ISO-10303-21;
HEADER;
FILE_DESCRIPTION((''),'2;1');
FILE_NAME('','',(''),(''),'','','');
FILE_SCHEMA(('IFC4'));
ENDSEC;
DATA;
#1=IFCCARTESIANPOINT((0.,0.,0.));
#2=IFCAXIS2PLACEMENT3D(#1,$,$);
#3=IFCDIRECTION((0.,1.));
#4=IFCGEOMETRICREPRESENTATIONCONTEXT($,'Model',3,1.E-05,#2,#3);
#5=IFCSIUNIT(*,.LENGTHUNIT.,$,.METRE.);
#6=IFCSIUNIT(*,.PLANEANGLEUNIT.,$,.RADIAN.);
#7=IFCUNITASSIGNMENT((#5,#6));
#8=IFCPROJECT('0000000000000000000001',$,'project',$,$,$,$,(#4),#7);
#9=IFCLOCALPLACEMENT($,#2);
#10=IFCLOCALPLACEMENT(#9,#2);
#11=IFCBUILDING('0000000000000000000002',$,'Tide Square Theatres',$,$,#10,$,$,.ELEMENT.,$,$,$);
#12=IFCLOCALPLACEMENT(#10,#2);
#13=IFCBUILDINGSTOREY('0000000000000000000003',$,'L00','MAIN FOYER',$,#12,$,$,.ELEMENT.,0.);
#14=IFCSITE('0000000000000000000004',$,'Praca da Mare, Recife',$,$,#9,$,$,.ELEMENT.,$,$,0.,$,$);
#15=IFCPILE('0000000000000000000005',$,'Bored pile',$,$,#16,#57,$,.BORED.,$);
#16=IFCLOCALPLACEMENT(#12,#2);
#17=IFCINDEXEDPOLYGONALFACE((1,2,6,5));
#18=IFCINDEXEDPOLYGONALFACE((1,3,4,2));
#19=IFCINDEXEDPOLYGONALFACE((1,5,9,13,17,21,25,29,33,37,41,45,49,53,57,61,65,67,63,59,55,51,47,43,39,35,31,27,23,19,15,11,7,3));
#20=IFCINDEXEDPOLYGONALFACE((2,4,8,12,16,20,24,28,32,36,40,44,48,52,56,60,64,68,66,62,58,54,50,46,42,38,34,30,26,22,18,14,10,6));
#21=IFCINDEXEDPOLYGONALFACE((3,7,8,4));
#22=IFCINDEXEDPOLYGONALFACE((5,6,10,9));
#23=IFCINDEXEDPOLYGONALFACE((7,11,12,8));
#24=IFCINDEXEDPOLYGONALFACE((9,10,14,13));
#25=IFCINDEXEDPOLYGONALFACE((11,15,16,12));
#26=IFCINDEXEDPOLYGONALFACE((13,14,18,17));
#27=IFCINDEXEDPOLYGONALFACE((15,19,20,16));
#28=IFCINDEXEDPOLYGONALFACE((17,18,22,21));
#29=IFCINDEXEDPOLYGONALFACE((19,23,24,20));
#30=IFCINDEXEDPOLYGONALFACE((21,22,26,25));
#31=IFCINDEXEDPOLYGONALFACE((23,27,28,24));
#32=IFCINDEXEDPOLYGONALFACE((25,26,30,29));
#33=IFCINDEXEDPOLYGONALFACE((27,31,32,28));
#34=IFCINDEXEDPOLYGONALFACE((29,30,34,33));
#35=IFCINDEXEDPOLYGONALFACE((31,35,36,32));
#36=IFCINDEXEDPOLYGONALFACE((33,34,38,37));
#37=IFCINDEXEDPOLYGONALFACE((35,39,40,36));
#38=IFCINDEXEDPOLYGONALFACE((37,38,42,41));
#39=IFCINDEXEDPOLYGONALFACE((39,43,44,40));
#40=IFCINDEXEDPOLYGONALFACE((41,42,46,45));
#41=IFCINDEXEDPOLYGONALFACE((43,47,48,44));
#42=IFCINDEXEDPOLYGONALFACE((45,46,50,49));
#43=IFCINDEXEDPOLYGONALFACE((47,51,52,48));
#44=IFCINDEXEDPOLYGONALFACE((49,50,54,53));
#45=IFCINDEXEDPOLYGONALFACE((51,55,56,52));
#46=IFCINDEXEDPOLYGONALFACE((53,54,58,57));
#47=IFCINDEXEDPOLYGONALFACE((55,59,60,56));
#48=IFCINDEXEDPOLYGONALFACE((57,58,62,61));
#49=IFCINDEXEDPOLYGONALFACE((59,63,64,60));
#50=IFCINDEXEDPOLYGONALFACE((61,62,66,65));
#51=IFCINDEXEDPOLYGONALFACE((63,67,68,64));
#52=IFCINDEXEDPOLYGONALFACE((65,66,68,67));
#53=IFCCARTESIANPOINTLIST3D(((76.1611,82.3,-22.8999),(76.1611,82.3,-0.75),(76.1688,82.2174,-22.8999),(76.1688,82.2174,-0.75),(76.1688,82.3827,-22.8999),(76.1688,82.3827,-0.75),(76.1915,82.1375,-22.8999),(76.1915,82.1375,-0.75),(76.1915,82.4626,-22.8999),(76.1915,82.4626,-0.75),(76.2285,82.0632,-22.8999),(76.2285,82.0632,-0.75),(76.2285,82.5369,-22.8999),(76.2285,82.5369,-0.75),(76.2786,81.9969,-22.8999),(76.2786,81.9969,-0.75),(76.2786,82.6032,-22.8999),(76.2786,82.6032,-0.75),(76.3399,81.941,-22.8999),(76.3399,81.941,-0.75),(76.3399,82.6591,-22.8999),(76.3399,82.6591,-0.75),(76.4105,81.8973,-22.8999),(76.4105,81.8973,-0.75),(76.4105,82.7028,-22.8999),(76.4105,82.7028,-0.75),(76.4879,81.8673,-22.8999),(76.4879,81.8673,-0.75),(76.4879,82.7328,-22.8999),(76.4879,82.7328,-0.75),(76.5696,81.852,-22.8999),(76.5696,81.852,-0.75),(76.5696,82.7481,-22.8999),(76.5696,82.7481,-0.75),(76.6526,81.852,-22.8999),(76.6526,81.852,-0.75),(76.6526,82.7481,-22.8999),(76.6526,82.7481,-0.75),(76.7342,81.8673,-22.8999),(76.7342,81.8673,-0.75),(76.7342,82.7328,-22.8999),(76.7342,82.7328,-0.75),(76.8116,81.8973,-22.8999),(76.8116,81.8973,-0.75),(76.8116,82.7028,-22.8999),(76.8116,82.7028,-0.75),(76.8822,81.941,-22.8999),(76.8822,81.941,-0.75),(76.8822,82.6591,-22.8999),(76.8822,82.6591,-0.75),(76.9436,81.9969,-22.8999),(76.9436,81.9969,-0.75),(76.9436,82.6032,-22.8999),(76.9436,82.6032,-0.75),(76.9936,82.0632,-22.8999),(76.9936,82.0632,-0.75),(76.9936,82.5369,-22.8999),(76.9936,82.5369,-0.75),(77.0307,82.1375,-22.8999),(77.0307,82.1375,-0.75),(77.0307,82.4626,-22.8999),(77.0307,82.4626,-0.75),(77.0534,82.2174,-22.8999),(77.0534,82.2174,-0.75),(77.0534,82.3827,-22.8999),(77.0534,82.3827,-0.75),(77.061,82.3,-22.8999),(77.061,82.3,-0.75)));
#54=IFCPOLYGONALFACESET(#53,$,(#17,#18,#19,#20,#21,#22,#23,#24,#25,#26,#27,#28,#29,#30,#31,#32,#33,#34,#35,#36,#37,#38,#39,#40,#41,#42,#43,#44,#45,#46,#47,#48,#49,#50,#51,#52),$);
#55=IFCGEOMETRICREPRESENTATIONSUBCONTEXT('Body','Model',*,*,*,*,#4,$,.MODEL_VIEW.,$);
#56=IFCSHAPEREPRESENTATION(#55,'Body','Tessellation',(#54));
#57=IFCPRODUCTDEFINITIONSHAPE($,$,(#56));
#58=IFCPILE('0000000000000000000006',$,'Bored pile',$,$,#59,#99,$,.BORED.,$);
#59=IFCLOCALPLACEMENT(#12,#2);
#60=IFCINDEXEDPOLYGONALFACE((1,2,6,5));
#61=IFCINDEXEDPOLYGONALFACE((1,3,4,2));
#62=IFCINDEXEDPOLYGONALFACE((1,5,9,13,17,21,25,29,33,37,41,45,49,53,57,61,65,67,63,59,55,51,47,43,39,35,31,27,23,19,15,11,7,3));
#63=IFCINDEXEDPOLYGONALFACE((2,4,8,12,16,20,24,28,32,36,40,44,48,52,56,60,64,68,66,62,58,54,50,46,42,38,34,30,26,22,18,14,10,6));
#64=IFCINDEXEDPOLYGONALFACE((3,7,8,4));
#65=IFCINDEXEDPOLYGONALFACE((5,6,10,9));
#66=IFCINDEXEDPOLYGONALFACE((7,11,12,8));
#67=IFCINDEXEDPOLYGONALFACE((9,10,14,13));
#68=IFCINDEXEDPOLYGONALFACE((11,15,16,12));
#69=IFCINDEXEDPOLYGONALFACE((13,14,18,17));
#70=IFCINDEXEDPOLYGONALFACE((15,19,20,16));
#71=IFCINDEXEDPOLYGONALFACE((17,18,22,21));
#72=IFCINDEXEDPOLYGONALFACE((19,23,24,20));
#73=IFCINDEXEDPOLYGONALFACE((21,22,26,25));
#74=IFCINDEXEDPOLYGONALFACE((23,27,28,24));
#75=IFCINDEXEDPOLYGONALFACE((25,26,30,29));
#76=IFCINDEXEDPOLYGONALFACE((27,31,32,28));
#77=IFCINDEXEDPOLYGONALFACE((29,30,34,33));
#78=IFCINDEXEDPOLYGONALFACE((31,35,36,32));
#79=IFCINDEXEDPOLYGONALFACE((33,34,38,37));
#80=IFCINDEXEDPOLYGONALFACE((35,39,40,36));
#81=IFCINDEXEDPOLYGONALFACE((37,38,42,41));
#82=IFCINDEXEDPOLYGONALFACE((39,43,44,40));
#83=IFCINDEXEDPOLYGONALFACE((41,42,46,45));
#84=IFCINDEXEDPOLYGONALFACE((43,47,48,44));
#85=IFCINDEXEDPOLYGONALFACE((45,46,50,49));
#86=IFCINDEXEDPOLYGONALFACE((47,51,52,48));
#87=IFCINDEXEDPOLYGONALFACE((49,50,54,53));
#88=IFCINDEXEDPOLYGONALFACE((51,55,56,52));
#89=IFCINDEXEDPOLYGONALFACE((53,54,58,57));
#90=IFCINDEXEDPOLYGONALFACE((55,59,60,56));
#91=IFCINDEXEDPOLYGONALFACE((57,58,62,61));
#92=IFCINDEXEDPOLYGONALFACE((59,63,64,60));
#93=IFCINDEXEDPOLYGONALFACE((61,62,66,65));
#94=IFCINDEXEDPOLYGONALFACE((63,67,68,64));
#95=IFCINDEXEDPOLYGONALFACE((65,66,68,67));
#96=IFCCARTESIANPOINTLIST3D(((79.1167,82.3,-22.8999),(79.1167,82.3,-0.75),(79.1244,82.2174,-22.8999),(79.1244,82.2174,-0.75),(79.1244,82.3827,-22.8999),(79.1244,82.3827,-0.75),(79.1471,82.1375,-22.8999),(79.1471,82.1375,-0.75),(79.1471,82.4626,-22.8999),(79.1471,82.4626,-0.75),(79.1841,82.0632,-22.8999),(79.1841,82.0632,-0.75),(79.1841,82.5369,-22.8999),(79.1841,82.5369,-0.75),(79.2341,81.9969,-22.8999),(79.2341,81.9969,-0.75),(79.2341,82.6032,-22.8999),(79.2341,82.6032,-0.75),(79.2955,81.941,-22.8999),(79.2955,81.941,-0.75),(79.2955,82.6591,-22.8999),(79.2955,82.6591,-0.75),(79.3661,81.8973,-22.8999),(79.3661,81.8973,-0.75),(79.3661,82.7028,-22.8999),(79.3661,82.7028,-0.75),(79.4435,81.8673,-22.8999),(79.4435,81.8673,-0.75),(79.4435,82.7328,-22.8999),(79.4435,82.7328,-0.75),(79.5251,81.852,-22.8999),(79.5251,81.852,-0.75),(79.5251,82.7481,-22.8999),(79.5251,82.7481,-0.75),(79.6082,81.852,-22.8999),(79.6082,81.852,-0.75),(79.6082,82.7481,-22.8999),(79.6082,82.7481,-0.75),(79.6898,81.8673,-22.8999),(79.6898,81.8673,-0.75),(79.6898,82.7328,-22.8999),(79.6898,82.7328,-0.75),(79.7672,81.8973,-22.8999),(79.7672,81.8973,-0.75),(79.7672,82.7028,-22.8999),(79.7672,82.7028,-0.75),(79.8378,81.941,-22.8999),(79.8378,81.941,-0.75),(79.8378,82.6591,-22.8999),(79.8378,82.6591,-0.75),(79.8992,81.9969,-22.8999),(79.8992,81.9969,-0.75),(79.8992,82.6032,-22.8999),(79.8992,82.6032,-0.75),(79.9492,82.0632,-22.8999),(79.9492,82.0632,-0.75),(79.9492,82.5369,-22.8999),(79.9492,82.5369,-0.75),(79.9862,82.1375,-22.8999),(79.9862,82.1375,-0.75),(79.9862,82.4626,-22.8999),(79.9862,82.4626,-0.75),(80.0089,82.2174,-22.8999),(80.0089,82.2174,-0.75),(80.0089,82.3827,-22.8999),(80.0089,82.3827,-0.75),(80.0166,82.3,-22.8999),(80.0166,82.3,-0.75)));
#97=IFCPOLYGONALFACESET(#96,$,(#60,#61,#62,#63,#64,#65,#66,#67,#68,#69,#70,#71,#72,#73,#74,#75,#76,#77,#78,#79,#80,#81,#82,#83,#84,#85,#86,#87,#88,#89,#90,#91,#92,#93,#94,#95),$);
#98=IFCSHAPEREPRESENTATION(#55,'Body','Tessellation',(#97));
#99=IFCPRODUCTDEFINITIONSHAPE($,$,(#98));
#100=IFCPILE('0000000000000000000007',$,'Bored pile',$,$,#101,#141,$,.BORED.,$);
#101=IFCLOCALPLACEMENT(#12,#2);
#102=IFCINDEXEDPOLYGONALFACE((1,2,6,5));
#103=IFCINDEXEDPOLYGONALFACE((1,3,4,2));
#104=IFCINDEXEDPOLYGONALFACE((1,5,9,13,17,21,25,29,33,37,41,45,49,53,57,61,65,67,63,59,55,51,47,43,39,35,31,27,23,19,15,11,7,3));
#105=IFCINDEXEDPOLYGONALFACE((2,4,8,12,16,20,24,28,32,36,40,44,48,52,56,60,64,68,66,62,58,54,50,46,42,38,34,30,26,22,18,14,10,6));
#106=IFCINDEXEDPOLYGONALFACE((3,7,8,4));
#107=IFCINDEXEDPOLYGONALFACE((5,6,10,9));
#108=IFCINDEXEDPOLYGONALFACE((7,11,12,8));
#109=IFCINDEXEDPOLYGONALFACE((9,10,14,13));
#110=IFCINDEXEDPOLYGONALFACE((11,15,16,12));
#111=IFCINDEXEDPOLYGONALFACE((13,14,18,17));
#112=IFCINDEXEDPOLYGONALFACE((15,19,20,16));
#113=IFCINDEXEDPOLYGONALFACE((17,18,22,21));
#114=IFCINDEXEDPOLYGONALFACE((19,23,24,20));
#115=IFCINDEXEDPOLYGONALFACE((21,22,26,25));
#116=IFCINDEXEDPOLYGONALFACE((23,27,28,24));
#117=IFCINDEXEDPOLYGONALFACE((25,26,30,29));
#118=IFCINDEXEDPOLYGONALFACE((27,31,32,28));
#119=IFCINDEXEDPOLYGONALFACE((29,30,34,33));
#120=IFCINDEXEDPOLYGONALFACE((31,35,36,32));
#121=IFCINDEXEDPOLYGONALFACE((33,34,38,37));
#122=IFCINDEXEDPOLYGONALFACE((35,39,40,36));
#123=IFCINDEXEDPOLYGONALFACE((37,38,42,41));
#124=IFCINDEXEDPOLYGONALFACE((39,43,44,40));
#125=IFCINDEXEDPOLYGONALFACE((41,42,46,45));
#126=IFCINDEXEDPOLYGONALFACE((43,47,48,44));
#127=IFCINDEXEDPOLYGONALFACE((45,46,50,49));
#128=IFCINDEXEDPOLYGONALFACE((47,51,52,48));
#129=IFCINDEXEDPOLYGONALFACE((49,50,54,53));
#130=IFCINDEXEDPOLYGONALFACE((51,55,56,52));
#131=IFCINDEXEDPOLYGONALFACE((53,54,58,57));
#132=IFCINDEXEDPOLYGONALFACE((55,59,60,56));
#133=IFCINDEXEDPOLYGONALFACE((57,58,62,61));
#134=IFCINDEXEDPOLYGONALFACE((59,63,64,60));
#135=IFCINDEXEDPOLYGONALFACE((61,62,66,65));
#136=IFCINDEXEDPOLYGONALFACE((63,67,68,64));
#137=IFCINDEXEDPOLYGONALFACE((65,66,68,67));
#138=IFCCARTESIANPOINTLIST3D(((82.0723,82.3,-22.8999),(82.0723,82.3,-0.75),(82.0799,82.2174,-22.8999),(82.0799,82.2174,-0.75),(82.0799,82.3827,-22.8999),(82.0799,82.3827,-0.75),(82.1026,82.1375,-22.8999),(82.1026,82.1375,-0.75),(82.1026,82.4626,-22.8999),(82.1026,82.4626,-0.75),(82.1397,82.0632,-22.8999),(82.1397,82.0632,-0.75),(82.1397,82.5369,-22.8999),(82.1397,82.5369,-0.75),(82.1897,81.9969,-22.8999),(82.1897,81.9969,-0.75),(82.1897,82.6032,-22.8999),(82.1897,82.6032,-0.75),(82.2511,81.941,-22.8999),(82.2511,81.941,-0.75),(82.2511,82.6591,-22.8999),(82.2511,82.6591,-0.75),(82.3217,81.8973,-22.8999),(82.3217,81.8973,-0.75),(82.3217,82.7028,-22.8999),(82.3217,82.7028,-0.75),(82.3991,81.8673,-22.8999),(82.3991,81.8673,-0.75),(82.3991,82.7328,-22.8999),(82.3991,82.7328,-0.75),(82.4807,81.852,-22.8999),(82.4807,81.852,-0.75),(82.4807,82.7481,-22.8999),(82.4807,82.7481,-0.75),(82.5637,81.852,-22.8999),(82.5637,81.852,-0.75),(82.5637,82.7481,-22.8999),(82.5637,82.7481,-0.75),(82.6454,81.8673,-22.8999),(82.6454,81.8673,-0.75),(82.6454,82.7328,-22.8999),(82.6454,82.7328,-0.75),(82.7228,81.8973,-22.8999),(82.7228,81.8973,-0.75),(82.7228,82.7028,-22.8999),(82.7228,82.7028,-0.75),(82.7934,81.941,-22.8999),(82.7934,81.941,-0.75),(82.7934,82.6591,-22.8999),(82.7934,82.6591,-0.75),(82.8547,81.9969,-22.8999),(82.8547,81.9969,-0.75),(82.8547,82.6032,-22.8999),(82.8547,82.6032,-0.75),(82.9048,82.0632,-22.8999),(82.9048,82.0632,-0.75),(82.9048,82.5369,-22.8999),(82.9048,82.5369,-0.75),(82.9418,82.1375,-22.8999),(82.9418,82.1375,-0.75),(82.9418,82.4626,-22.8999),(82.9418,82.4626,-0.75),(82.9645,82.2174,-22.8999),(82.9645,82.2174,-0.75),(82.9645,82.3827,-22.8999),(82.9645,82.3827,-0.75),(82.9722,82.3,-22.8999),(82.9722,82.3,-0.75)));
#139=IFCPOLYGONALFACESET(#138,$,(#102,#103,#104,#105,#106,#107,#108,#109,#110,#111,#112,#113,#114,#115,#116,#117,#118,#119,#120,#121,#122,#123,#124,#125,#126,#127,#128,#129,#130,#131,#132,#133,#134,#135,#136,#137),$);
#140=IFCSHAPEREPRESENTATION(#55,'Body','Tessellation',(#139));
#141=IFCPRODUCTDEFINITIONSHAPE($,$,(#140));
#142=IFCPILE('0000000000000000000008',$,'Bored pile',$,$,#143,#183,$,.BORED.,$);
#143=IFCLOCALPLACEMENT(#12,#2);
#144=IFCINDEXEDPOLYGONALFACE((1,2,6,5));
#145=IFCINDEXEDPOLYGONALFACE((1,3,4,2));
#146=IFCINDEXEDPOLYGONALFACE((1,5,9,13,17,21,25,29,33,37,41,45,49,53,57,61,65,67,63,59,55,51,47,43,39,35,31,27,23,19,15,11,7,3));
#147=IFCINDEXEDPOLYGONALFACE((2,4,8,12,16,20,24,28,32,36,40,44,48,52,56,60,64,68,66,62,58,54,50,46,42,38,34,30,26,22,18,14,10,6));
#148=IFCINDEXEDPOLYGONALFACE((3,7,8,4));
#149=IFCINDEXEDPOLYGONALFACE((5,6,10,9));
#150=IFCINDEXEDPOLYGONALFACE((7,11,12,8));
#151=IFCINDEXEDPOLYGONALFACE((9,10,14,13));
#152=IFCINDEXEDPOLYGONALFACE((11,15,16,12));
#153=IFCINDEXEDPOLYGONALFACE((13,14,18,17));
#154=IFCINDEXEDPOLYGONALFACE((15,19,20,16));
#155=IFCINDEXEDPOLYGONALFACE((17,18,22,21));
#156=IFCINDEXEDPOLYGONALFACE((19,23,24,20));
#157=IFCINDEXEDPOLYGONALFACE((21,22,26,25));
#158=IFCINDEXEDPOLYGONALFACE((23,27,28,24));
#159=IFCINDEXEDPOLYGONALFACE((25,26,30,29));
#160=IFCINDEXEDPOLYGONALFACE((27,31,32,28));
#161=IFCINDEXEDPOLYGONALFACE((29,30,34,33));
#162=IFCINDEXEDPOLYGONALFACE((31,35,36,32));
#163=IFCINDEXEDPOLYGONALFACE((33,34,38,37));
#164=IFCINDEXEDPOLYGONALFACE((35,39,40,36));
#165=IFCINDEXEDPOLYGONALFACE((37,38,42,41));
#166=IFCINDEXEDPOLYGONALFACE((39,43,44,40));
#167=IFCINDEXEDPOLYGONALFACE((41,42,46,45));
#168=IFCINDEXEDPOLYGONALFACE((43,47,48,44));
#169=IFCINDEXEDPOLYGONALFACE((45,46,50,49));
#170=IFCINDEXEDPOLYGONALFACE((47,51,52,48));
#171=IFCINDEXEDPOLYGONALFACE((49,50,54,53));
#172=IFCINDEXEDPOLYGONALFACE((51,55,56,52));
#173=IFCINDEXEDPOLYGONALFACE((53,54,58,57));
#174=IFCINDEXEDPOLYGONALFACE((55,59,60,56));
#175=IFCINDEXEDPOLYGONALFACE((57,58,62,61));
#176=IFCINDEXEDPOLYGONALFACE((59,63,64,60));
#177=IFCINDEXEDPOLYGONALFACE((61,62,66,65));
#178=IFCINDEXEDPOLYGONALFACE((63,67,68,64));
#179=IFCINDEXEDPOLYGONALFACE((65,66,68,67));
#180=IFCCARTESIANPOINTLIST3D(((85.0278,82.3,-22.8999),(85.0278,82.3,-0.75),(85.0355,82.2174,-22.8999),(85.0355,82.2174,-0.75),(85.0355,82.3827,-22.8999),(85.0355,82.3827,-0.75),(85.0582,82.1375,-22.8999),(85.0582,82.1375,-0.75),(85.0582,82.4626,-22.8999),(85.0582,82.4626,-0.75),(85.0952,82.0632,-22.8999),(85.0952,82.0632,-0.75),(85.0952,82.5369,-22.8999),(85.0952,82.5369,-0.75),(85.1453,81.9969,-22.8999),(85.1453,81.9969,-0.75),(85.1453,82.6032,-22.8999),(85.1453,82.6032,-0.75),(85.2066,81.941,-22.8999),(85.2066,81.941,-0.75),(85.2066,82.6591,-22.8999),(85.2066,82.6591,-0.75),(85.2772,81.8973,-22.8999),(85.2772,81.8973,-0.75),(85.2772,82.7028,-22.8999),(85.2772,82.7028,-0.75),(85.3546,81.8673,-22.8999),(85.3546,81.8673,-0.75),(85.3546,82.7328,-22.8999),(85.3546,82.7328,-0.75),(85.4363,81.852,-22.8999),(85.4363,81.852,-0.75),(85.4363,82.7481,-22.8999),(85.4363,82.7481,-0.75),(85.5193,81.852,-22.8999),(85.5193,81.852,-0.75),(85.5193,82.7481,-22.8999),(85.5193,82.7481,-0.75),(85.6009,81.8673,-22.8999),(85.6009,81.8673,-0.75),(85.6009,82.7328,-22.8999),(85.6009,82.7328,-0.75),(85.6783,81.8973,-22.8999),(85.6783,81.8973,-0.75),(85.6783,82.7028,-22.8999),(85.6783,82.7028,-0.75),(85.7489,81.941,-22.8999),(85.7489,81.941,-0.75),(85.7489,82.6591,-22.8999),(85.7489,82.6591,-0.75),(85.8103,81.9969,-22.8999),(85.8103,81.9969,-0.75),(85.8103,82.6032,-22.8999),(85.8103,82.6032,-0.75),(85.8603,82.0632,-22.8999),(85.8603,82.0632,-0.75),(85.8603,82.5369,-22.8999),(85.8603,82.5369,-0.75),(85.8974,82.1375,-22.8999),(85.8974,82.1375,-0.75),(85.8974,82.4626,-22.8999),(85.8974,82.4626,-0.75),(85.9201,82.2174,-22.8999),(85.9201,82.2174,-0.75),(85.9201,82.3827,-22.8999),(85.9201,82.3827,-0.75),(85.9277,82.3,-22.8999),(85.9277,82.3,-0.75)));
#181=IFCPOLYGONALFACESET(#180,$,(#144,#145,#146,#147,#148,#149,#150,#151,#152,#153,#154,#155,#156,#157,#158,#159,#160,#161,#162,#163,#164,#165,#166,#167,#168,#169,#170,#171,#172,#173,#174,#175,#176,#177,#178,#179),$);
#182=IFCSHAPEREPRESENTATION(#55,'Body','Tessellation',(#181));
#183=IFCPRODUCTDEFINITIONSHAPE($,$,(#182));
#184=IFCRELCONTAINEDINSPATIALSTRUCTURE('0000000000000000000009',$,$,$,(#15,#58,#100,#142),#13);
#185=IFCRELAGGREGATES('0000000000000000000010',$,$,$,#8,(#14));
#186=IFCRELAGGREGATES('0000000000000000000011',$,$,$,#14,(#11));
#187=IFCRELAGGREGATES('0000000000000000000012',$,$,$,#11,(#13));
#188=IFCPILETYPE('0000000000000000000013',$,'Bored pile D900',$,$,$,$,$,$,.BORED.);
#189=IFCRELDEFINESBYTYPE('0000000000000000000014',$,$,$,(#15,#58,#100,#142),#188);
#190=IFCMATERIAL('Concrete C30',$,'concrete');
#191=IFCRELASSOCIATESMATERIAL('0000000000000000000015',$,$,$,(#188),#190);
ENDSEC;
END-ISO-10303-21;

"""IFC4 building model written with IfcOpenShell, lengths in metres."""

from ifc_helpers import new_model, si_unit, direction, frame, origin, origin_2d, place, context, subcontext, project, spatial, circle, extrude, material, material_profile, profile_set, type_object, element, save


model = new_model("IFC4")

# Units and contexts
model_context = context("Model", 3, precision=1e-05, world=origin(), true_north=direction((0.0, 1.0)))
body_context = subcontext(model_context, "Body", "Model", "MODEL_VIEW")
ifc_project = project(units=[si_unit("LENGTHUNIT", "METRE"), si_unit("PLANEANGLEUNIT", "RADIAN")], contexts=[model_context])

# Site, building, storey
site_placement = place(None, origin())
site = spatial("IfcSite", under=ifc_project, at=site_placement, Name="Praca da Mare, Recife", CompositionType="ELEMENT", RefElevation=0.0)
building_placement = place(site_placement, origin())
building = spatial("IfcBuilding", under=site, at=building_placement, Name="Tide Square Theatres", CompositionType="ELEMENT")
storey_placement = place(building_placement, origin())
storey = spatial("IfcBuildingStorey", under=building, at=storey_placement, Name="L00", Description="MAIN FOYER", CompositionType="ELEMENT", Elevation=0.0)

# Piles
ifc_material_1 = material(Name="Concrete C30", Category="concrete")
ifc_material_profile_1 = material_profile(ifc_material_1, circle(Radius=0.45, at=origin_2d()))
ifc_profile_set_1 = profile_set([ifc_material_profile_1], Name="Concrete C30")
pile_type = type_object("IfcPileType", Name="Bored pile D900", PredefinedType="BORED", material=ifc_profile_set_1)
for number, where, z_axis, x_axis, name in (
    (1, (76.6111, 82.3, -0.75), (0.0, 0.0, -1.0), (1.0, 0.0, 0.0), "Bored pile"),
    (2, (79.5667, 82.3, -0.75), (0.0, 0.0, -1.0), (1.0, 0.0, 0.0), "Bored pile"),
    (3, (82.5222, 82.3, -0.75), (0.0, 0.0, -1.0), (1.0, 0.0, 0.0), "Bored pile"),
    (4, (85.4778, 82.3, -0.75), (0.0, 0.0, -1.0), (1.0, 0.0, 0.0), "Bored pile"),
):
    element("IfcPile", number, at=place(storey_placement, frame(where, z_axis=z_axis, x_axis=x_axis)), inside=storey, type_object=pile_type, Name=name, PredefinedType="BORED", context=body_context, shape_type="SweptSolid", body=[
        extrude(circle(Radius=0.45, at=origin_2d()), origin(), (0.0, 0.0, 1.0), 22.1499),
    ])

save(model, "model.ifc")
